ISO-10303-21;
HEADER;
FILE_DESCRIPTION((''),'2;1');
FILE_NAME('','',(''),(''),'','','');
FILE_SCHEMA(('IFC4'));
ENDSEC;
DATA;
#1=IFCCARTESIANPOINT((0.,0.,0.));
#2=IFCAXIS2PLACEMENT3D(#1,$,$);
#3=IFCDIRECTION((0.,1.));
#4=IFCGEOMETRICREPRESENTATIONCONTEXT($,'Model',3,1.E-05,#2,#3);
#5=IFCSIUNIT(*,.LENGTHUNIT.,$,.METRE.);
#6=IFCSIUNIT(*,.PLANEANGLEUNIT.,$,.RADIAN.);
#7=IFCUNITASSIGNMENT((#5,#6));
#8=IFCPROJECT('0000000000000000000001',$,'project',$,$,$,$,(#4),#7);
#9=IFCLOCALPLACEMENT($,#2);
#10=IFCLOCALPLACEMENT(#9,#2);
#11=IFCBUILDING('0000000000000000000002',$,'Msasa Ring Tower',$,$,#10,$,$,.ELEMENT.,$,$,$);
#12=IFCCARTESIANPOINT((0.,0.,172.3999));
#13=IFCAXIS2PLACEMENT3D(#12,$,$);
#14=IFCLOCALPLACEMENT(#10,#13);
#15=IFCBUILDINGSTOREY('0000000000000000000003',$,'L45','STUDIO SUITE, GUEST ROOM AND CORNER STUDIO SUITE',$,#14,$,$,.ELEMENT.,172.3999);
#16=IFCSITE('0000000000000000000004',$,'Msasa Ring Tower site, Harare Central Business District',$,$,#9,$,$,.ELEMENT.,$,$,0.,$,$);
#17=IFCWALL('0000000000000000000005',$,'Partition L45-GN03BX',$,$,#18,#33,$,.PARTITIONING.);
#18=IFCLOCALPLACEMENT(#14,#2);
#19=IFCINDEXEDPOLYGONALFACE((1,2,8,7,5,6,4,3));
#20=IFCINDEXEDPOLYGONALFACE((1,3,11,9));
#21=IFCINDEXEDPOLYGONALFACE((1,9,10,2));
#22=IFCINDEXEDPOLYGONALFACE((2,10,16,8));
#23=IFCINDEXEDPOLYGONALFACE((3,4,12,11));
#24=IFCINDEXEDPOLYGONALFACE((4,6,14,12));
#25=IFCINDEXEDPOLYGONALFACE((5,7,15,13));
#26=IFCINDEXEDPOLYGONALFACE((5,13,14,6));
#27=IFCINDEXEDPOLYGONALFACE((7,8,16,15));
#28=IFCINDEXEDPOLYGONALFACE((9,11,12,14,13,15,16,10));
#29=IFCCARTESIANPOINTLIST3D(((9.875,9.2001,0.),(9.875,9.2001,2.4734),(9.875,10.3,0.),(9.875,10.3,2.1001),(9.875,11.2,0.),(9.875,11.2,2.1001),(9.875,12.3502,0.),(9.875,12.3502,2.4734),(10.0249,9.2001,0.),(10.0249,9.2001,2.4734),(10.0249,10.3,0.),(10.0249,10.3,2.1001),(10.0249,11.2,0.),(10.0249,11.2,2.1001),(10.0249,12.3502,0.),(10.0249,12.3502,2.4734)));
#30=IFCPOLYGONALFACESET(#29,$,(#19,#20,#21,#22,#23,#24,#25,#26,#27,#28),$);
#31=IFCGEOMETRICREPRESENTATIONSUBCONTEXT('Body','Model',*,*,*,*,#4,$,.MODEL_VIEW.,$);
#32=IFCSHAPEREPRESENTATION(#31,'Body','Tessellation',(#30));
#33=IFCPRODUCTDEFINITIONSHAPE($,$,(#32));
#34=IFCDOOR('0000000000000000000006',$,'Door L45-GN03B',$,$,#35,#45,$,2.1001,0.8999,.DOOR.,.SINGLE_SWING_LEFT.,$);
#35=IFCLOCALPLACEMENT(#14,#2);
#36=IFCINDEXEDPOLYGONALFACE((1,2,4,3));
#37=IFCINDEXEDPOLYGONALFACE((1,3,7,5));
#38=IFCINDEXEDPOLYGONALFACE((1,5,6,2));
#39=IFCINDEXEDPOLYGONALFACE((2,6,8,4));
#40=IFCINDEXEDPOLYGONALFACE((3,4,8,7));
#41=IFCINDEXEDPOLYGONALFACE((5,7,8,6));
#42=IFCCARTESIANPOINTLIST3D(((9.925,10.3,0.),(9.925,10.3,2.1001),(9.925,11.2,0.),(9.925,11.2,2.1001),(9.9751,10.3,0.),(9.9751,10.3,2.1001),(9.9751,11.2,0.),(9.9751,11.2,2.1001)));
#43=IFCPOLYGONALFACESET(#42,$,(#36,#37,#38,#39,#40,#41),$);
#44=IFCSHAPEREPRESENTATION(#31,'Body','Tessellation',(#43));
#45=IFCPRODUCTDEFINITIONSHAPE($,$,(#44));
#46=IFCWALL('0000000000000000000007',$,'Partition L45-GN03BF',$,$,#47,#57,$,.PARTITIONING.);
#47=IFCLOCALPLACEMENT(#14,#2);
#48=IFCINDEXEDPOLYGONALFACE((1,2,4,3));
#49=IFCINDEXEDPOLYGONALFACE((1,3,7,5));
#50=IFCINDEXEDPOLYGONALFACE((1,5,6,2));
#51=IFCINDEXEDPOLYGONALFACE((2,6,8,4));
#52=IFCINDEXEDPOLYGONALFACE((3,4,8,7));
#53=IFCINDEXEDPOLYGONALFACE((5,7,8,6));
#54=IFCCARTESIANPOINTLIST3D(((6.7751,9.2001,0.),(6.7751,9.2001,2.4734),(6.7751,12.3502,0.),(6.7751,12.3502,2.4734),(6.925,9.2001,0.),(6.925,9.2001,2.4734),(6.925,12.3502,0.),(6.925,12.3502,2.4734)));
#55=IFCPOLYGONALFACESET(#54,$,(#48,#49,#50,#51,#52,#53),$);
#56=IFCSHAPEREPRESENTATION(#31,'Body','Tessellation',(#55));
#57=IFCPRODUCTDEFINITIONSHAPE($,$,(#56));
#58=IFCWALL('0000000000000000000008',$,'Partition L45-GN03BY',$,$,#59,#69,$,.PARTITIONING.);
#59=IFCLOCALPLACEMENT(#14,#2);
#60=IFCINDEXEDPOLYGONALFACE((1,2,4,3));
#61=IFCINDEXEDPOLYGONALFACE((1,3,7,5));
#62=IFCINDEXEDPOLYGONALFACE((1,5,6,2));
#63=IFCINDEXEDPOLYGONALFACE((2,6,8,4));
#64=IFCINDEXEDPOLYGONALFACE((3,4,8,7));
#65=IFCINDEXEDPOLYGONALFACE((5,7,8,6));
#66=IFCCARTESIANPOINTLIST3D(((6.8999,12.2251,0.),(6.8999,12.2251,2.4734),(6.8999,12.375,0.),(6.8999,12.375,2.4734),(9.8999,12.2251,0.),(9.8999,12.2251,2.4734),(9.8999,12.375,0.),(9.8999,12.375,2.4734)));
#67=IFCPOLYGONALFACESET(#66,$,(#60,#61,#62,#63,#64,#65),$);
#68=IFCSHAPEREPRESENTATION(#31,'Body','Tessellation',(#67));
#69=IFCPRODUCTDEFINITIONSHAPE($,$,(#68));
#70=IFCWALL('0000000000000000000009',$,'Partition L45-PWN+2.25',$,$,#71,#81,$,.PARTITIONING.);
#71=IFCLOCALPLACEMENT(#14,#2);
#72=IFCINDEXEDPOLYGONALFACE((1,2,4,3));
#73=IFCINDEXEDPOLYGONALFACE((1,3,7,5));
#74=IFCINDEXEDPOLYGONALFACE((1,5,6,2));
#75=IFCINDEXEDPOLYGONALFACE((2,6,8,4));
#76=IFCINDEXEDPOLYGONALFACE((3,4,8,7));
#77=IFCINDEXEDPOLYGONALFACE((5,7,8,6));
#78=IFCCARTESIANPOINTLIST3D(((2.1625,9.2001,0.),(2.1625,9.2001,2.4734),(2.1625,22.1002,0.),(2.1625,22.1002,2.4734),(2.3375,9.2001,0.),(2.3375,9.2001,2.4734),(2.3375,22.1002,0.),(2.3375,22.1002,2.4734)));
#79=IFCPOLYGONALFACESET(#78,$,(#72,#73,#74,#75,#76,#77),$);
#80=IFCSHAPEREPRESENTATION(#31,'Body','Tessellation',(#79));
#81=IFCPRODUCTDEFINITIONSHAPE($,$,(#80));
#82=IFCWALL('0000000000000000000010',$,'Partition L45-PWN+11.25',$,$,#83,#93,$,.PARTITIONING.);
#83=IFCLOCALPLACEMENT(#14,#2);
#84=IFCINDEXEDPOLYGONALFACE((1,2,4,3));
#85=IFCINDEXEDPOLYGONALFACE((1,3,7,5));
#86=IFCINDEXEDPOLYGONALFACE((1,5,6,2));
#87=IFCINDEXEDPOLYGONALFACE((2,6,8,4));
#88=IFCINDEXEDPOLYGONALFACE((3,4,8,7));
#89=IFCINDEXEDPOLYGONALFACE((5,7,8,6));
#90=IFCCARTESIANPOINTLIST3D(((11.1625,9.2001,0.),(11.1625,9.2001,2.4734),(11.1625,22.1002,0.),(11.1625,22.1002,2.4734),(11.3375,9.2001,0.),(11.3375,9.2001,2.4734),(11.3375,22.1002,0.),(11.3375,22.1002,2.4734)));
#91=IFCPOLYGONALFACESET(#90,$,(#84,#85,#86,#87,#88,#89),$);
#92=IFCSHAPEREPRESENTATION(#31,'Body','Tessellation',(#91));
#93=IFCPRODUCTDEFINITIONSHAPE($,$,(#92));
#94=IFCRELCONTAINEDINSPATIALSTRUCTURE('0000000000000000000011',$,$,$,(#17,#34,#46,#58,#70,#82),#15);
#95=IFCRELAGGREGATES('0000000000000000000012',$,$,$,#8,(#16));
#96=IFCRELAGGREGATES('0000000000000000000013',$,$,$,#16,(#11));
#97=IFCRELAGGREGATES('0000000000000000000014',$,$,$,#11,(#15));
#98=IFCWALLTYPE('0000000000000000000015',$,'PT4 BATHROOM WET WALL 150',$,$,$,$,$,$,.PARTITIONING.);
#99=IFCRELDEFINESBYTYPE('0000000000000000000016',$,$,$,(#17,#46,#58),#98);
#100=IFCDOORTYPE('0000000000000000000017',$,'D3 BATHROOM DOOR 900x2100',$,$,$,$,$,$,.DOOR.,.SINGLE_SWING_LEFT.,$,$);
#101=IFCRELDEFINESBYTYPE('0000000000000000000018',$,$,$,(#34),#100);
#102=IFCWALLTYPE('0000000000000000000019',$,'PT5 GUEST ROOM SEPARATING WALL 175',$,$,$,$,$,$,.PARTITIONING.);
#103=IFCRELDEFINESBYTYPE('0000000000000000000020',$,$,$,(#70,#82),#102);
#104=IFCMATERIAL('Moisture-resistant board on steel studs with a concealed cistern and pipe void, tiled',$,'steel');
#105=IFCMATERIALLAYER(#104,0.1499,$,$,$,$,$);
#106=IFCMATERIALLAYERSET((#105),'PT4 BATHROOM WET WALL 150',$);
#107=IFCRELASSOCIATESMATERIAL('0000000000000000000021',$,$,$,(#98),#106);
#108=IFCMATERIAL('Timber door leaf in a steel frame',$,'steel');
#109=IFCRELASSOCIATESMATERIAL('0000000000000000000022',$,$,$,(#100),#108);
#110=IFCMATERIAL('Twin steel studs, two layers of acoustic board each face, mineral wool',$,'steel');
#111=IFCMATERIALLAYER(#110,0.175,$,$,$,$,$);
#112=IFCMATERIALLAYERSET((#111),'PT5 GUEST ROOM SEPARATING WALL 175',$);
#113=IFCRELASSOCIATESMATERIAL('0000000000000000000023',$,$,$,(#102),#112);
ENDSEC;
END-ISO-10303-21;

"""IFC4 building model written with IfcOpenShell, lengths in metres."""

from ifc_helpers import new_model, si_unit, direction, frame, frame_2d, origin, place, context, subcontext, project, spatial, rectangle, extrude, material, layer, layer_set, type_object, element, fill, save


model = new_model("IFC4")

# Units and contexts
model_context = context("Model", 3, precision=1e-05, world=origin(), true_north=direction((0.0, 1.0)))
body_context = subcontext(model_context, "Body", "Model", "MODEL_VIEW")
ifc_project = project(units=[si_unit("LENGTHUNIT", "METRE"), si_unit("PLANEANGLEUNIT", "RADIAN")], contexts=[model_context])

# Site, building, storey
site_placement = place(None, origin())
site = spatial("IfcSite", under=ifc_project, at=site_placement, Name="Msasa Ring Tower site, Harare Central Business District", CompositionType="ELEMENT", RefElevation=0.0)
building_placement = place(site_placement, origin())
building = spatial("IfcBuilding", under=site, at=building_placement, Name="Msasa Ring Tower", CompositionType="ELEMENT")
storey_placement = place(building_placement, frame((0.0, 0.0, 172.3999)))
storey = spatial("IfcBuildingStorey", under=building, at=storey_placement, Name="L45", Description="STUDIO SUITE, GUEST ROOM AND CORNER STUDIO SUITE", CompositionType="ELEMENT", Elevation=172.3999)

# Wall, opening, door
ifc_material_1 = material(Name="Moisture-resistant board on steel studs with a concealed cistern and pipe void, tiled", Category="steel")
ifc_layer_1 = layer(ifc_material_1, 0.1499)
ifc_layer_set_1 = layer_set([ifc_layer_1], Name="PT4 BATHROOM WET WALL 150")
wall_type_1 = type_object("IfcWallType", Name="PT4 BATHROOM WET WALL 150", PredefinedType="PARTITIONING", material=ifc_layer_set_1)
wall_1_placement = place(storey_placement, frame((9.95, 9.2, 0.0), z_axis=(0.0, 0.0, 1.0), x_axis=(0.0, 1.0, 0.0)))
wall_1 = element("IfcWall", 1, at=wall_1_placement, inside=storey, type_object=wall_type_1, Name="Partition L45-GN03BX", PredefinedType="PARTITIONING", context=body_context, shape_type="SweptSolid", body=[
    extrude(rectangle(XDim=3.1501, YDim=0.1499, at=frame_2d((1.5752, 0.0))), origin(), (0.0, 0.0, 1.0), 2.4734),
])
opening_1_placement = place(wall_1_placement, frame((1.1001, 0.0, 0.0)))
opening_1 = element("IfcOpeningElement", 2, at=opening_1_placement, cuts=wall_1, PredefinedType="OPENING", context=body_context, shape_type="SweptSolid", body=[
    extrude(rectangle(XDim=0.8999, YDim=2.1001, at=frame_2d((0.45, 1.05))), frame((0.0, 0.085, 0.0), z_axis=(0.0, -1.0, 0.0), x_axis=(1.0, 0.0, 0.0)), (0.0, 0.0, 1.0), 0.1699),
])
ifc_material_2 = material(Name="Timber door leaf in a steel frame", Category="steel")
door_type = type_object("IfcDoorType", Name="D3 BATHROOM DOOR 900x2100", OperationType="SINGLE_SWING_LEFT", PredefinedType="DOOR", material=ifc_material_2)
door_placement = place(opening_1_placement, origin())
door = element("IfcDoor", 3, at=door_placement, inside=storey, type_object=door_type, Name="Door L45-GN03B", OperationType="SINGLE_SWING_LEFT", OverallHeight=2.1001, OverallWidth=0.8999, PredefinedType="DOOR", context=body_context, shape_type="SweptSolid", body=[
    extrude(rectangle(XDim=0.8999, YDim=2.1001, at=frame_2d((0.45, 1.05))), frame((0.0, 0.0249, 0.0), z_axis=(0.0, -1.0, 0.0), x_axis=(1.0, 0.0, 0.0)), (0.0, 0.0, 1.0), 0.05),
])
fill(opening_1, door)

# Walls
wall_2_placement = place(storey_placement, frame((6.8501, 9.2, 0.0), z_axis=(0.0, 0.0, 1.0), x_axis=(0.0, 1.0, 0.0)))
element("IfcWall", 4, at=wall_2_placement, inside=storey, type_object=wall_type_1, Name="Partition L45-GN03BF", PredefinedType="PARTITIONING", context=body_context, shape_type="SweptSolid", body=[
    extrude(rectangle(XDim=3.1501, YDim=0.1499, at=frame_2d((1.5752, 0.0))), origin(), (0.0, 0.0, 1.0), 2.4734),
])
wall_3_placement = place(storey_placement, frame((6.8999, 12.3, 0.0), z_axis=(0.0, 0.0, 1.0), x_axis=(1.0, 0.0, 0.0)))
element("IfcWall", 5, at=wall_3_placement, inside=storey, type_object=wall_type_1, Name="Partition L45-GN03BY", PredefinedType="PARTITIONING", context=body_context, shape_type="SweptSolid", body=[
    extrude(rectangle(XDim=3.0, YDim=0.1499, at=frame_2d((1.5, 0.0))), origin(), (0.0, 0.0, 1.0), 2.4734),
])
ifc_material_3 = material(Name="Twin steel studs, two layers of acoustic board each face, mineral wool", Category="steel")
ifc_layer_2 = layer(ifc_material_3, 0.175)
ifc_layer_set_2 = layer_set([ifc_layer_2], Name="PT5 GUEST ROOM SEPARATING WALL 175")
wall_type_2 = type_object("IfcWallType", Name="PT5 GUEST ROOM SEPARATING WALL 175", PredefinedType="PARTITIONING", material=ifc_layer_set_2)
for number, where, z_axis, x_axis, name in (
    (6, (2.25, 9.2, 0.0), (0.0, 0.0, 1.0), (0.0, 1.0, 0.0), "Partition L45-PWN+2.25"),
    (7, (11.25, 9.2, 0.0), (0.0, 0.0, 1.0), (0.0, 1.0, 0.0), "Partition L45-PWN+11.25"),
):
    element("IfcWall", number, at=place(storey_placement, frame(where, z_axis=z_axis, x_axis=x_axis)), inside=storey, type_object=wall_type_2, Name=name, PredefinedType="PARTITIONING", context=body_context, shape_type="SweptSolid", body=[
        extrude(rectangle(XDim=12.9001, YDim=0.175, at=frame_2d((6.4502, 0.0))), origin(), (0.0, 0.0, 1.0), 2.4734),
    ])

save(model, "model.ifc")
